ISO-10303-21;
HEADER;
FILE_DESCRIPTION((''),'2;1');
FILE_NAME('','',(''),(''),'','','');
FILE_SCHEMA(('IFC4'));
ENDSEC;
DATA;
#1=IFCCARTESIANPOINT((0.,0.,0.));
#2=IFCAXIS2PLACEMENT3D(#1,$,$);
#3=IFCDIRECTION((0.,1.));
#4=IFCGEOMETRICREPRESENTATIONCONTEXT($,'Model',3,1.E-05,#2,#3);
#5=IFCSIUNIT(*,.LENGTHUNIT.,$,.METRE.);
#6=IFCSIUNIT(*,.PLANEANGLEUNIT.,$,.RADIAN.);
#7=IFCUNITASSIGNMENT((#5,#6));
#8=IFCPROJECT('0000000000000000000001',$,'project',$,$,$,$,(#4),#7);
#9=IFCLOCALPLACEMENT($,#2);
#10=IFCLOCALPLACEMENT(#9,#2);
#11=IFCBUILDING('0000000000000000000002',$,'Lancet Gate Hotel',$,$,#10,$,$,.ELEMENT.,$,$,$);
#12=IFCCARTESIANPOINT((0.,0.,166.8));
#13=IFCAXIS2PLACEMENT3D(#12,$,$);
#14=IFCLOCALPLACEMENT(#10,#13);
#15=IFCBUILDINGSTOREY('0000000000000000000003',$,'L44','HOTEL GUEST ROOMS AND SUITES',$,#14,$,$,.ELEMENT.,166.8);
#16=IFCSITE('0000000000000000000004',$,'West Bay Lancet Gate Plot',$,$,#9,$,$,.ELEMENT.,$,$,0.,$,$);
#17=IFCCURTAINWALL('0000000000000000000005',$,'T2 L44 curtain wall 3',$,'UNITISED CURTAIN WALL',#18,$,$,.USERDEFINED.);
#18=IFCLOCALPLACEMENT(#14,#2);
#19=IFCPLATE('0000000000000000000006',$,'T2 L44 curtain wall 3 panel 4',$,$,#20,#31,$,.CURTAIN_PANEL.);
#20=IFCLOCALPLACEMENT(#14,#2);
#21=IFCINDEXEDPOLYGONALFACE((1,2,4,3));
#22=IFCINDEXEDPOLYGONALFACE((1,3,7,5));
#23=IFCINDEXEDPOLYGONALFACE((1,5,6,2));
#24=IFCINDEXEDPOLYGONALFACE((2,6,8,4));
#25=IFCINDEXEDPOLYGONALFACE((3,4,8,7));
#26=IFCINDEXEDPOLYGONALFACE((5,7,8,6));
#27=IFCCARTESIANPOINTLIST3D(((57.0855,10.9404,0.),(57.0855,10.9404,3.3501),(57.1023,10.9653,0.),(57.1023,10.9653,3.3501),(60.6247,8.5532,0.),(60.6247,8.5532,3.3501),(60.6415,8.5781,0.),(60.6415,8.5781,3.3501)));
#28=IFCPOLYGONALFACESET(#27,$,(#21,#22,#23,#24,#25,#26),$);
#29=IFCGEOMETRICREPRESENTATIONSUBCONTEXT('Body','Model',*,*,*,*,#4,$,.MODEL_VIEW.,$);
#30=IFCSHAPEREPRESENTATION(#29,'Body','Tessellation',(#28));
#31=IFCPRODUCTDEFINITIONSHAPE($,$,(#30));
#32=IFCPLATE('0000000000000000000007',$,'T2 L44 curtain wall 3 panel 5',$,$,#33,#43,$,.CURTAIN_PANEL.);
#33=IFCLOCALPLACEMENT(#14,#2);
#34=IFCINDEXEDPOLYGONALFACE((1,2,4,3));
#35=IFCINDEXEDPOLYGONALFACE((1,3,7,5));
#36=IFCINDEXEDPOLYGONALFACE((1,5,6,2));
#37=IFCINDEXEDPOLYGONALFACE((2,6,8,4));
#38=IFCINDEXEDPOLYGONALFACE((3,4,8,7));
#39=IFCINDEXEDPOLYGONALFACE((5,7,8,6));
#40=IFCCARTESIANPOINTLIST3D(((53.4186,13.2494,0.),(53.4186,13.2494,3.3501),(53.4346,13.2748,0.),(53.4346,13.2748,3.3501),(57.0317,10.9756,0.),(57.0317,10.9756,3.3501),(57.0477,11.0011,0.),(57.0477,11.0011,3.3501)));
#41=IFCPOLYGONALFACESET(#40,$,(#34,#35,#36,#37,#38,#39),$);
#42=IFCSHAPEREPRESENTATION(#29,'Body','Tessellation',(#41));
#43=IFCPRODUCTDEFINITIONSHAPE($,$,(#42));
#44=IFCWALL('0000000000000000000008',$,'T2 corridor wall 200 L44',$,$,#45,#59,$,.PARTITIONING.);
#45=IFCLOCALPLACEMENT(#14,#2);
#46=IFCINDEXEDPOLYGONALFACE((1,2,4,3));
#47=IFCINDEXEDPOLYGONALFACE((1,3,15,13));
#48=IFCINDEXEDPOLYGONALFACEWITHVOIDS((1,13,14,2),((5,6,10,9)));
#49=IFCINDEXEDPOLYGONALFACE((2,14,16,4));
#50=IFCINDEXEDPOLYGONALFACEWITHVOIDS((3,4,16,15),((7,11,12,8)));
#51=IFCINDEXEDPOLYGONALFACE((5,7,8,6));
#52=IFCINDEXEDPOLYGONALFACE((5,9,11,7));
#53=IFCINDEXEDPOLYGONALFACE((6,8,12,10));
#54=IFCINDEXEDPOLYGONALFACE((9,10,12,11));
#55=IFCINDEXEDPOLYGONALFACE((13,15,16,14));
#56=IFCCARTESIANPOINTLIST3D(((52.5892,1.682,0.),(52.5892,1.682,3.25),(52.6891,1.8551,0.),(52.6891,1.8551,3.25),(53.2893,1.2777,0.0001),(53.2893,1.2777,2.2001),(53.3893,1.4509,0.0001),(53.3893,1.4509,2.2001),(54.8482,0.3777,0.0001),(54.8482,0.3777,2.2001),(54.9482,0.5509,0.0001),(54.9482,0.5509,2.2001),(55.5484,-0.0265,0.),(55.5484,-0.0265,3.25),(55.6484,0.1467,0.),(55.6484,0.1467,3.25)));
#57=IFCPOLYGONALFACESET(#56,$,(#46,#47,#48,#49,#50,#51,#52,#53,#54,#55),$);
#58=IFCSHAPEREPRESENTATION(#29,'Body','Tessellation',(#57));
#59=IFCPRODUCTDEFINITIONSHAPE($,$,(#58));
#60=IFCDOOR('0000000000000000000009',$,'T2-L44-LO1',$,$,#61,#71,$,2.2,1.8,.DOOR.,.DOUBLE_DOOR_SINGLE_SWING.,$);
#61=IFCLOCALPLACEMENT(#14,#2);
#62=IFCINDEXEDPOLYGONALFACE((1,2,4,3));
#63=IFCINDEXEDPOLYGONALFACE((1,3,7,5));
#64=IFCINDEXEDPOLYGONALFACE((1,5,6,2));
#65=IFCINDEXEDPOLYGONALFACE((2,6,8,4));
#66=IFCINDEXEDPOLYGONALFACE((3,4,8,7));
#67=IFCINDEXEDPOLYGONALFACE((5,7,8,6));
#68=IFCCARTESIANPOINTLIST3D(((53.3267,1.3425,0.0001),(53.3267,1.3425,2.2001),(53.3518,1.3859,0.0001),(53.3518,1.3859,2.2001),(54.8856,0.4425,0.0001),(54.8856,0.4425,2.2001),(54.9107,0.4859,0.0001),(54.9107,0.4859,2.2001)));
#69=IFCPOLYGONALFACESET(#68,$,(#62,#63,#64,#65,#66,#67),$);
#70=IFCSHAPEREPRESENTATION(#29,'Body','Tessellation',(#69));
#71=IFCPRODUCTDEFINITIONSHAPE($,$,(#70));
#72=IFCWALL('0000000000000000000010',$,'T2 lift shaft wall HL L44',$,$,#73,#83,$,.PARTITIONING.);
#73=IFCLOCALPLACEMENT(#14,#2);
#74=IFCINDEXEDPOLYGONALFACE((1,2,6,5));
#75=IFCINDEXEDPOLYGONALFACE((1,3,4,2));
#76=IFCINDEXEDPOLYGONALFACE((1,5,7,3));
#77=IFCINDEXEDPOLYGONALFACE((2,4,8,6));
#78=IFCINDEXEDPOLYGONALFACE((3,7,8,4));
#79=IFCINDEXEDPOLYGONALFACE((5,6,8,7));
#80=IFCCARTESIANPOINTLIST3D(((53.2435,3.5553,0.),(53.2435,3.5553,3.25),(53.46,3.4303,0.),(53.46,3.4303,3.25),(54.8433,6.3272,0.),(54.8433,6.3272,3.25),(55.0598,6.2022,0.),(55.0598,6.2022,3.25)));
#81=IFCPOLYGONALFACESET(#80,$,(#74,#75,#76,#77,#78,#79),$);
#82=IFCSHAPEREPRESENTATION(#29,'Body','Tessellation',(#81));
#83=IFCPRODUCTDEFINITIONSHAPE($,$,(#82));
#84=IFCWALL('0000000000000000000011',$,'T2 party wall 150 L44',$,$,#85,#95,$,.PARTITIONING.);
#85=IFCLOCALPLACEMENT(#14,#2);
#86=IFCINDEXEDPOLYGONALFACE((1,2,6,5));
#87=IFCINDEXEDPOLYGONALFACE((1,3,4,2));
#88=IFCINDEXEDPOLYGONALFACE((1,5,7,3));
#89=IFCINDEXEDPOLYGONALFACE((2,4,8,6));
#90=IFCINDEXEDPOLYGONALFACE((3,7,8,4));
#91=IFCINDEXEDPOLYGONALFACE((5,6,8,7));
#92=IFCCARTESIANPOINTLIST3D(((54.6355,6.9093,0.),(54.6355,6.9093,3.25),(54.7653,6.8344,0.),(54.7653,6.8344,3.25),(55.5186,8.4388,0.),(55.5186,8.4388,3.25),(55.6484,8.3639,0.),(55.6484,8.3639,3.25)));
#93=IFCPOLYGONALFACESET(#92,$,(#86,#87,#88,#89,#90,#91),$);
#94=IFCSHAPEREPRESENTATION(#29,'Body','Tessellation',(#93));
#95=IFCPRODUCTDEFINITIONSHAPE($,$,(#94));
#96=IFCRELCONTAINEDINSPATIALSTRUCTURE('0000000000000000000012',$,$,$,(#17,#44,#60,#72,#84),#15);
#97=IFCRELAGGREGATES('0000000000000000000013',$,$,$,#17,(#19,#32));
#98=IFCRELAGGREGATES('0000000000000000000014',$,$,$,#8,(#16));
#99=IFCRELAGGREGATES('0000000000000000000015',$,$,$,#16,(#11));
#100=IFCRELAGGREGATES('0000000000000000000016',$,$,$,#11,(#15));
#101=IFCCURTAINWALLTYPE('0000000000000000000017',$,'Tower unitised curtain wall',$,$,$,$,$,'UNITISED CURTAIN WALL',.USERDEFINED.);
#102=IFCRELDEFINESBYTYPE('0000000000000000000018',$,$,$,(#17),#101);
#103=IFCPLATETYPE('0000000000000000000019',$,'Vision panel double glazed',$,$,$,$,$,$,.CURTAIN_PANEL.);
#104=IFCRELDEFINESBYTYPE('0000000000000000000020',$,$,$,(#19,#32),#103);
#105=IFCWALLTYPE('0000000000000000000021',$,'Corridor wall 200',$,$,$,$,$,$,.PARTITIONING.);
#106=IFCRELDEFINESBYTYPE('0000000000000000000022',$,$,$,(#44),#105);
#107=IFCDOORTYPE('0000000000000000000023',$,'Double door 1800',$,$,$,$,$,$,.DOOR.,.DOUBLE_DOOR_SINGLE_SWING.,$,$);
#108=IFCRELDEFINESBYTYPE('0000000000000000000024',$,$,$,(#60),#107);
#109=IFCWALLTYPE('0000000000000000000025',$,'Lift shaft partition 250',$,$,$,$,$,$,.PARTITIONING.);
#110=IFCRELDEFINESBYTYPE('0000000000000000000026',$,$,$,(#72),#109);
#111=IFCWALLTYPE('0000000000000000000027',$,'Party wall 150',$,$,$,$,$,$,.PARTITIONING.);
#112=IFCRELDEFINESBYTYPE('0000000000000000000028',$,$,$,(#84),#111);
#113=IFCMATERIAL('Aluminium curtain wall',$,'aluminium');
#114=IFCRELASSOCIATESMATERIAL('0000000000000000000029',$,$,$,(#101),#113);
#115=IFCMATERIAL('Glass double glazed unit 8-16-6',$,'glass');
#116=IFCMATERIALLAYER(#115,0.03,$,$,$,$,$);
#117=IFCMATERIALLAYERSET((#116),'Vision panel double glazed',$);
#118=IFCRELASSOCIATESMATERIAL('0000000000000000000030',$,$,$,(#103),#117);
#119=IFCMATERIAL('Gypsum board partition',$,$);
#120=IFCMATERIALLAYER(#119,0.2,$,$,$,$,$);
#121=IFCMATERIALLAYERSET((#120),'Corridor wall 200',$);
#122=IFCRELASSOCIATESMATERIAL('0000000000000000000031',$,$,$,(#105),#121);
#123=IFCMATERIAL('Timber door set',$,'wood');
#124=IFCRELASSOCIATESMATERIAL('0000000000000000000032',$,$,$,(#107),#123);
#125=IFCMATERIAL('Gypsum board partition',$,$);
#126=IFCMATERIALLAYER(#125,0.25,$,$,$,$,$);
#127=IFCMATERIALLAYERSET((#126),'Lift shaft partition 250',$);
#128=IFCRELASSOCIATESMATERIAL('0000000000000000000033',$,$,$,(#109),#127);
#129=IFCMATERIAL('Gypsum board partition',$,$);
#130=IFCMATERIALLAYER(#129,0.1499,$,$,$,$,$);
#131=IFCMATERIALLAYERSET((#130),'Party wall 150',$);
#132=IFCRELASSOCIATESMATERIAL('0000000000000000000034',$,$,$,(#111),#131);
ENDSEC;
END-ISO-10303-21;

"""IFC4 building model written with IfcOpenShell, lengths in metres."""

from ifc_helpers import new_model, si_unit, direction, frame, frame_2d, origin, origin_2d, place, context, subcontext, project, spatial, rectangle, extrude, material, layer, layer_set, type_object, element, fill, aggregate, save


model = new_model("IFC4")

# Units and contexts
model_context = context("Model", 3, precision=1e-05, world=origin(), true_north=direction((0.0, 1.0)))
body_context = subcontext(model_context, "Body", "Model", "MODEL_VIEW")
ifc_project = project(units=[si_unit("LENGTHUNIT", "METRE"), si_unit("PLANEANGLEUNIT", "RADIAN")], contexts=[model_context])

# Site, building, storey
site_placement = place(None, origin())
site = spatial("IfcSite", under=ifc_project, at=site_placement, Name="West Bay Lancet Gate Plot", CompositionType="ELEMENT", RefElevation=0.0)
building_placement = place(site_placement, origin())
building = spatial("IfcBuilding", under=site, at=building_placement, Name="Lancet Gate Hotel", CompositionType="ELEMENT")
storey_placement = place(building_placement, frame((0.0, 0.0, 166.8)))
storey = spatial("IfcBuildingStorey", under=building, at=storey_placement, Name="L44", Description="HOTEL GUEST ROOMS AND SUITES", CompositionType="ELEMENT", Elevation=166.8)

# Curtain wall
ifc_material_1 = material(Name="Aluminium curtain wall", Category="aluminium")
curtain_wall_type = type_object("IfcCurtainWallType", Name="Tower unitised curtain wall", ElementType="UNITISED CURTAIN WALL", PredefinedType="USERDEFINED", material=ifc_material_1)
curtain_wall_placement = place(storey_placement, origin())
curtain_wall = element("IfcCurtainWall", 1, at=curtain_wall_placement, inside=storey, type_object=curtain_wall_type, Name="T2 L44 curtain wall 3", ObjectType="UNITISED CURTAIN WALL", PredefinedType="USERDEFINED")

# Plates
ifc_material_2 = material(Name="Glass double glazed unit 8-16-6", Category="glass")
ifc_layer_1 = layer(ifc_material_2, 0.03)
ifc_layer_set_1 = layer_set([ifc_layer_1], Name="Vision panel double glazed")
plate_type = type_object("IfcPlateType", Name="Vision panel double glazed", PredefinedType="CURTAIN_PANEL", material=ifc_layer_set_1)
plate_1_placement = place(storey_placement, frame((58.8635, 9.7593, 0.0), z_axis=(0.0, 0.0, 1.0), x_axis=(-0.829039, 0.559191, 0.0)))
plate_1 = element("IfcPlate", 2, at=plate_1_placement, type_object=plate_type, Name="T2 L44 curtain wall 3 panel 4", PredefinedType="CURTAIN_PANEL", context=body_context, shape_type="SweptSolid", body=[
    extrude(rectangle(XDim=4.269, YDim=0.03, at=origin_2d()), origin(), (0.0, 0.0, 1.0), 3.3501),
])
plate_2_placement = place(storey_placement, frame((55.2332, 12.1252, 0.0), z_axis=(0.0, 0.0, 1.0), x_axis=(-0.846352, 0.532623, 0.0)))
plate_2 = element("IfcPlate", 3, at=plate_2_placement, type_object=plate_type, Name="T2 L44 curtain wall 3 panel 5", PredefinedType="CURTAIN_PANEL", context=body_context, shape_type="SweptSolid", body=[
    extrude(rectangle(XDim=4.269, YDim=0.03, at=origin_2d()), origin(), (0.0, 0.0, 1.0), 3.3501),
])
aggregate(curtain_wall, [plate_1, plate_2])

# Wall, opening, door
ifc_material_3 = material(Name="Gypsum board partition")
ifc_layer_2 = layer(ifc_material_3, 0.2)
ifc_layer_set_2 = layer_set([ifc_layer_2], Name="Corridor wall 200")
wall_type_1 = type_object("IfcWallType", Name="Corridor wall 200", PredefinedType="PARTITIONING", material=ifc_layer_set_2)
wall_1_placement = place(storey_placement, frame((52.6392, 1.7686, 0.0), z_axis=(0.0, 0.0, 1.0), x_axis=(0.866027, -0.499997, 0.0)))
wall_1 = element("IfcWall", 4, at=wall_1_placement, inside=storey, type_object=wall_type_1, Name="T2 corridor wall 200 L44", PredefinedType="PARTITIONING", context=body_context, shape_type="SweptSolid", body=[
    extrude(rectangle(XDim=3.417, YDim=0.2, at=frame_2d((1.7085, 0.0))), origin(), (0.0, 0.0, 1.0), 3.25),
])
opening_placement = place(wall_1_placement, frame((0.8086, 0.0, 0.0)))
opening = element("IfcOpeningElement", 5, at=opening_placement, cuts=wall_1, PredefinedType="OPENING", context=body_context, shape_type="SweptSolid", body=[
    extrude(rectangle(XDim=1.8, YDim=2.2, at=frame_2d((0.8999, 1.1001))), frame((0.0, 0.1099, 0.0), z_axis=(0.0, -1.0, 0.0), x_axis=(1.0, 0.0, 0.0)), (0.0, 0.0, 1.0), 0.22),
])
ifc_material_4 = material(Name="Timber door set", Category="wood")
door_type = type_object("IfcDoorType", Name="Double door 1800", OperationType="DOUBLE_DOOR_SINGLE_SWING", PredefinedType="DOOR", material=ifc_material_4)
door_placement = place(opening_placement, origin())
door = element("IfcDoor", 6, at=door_placement, inside=storey, type_object=door_type, Name="T2-L44-LO1", OperationType="DOUBLE_DOOR_SINGLE_SWING", OverallHeight=2.2, OverallWidth=1.8, PredefinedType="DOOR", context=body_context, shape_type="SweptSolid", body=[
    extrude(rectangle(XDim=1.8, YDim=2.2, at=frame_2d((0.8999, 1.1001))), frame((0.0, 0.0249, 0.0), z_axis=(0.0, -1.0, 0.0), x_axis=(1.0, 0.0, 0.0)), (0.0, 0.0, 1.0), 0.05),
])
fill(opening, door)

# Walls
ifc_material_5 = material(Name="Gypsum board partition")
ifc_layer_3 = layer(ifc_material_5, 0.25)
ifc_layer_set_3 = layer_set([ifc_layer_3], Name="Lift shaft partition 250")
wall_type_2 = type_object("IfcWallType", Name="Lift shaft partition 250", PredefinedType="PARTITIONING", material=ifc_layer_set_3)
wall_2_placement = place(storey_placement, frame((53.3518, 3.4929, 0.0), z_axis=(0.0, 0.0, 1.0), x_axis=(0.499872, 0.866099, 0.0)))
element("IfcWall", 7, at=wall_2_placement, inside=storey, type_object=wall_type_2, Name="T2 lift shaft wall HL L44", PredefinedType="PARTITIONING", context=body_context, shape_type="SweptSolid", body=[
    extrude(rectangle(XDim=3.2004, YDim=0.25, at=frame_2d((1.6001, 0.0))), origin(), (0.0, 0.0, 1.0), 3.25),
])
ifc_material_6 = material(Name="Gypsum board partition")
ifc_layer_4 = layer(ifc_material_6, 0.1499)
ifc_layer_set_4 = layer_set([ifc_layer_4], Name="Party wall 150")
wall_type_3 = type_object("IfcWallType", Name="Party wall 150", PredefinedType="PARTITIONING", material=ifc_layer_set_4)
wall_3_placement = place(storey_placement, frame((54.7004, 6.8718, 0.0), z_axis=(0.0, 0.0, 1.0), x_axis=(0.49999, 0.866031, 0.0)))
element("IfcWall", 8, at=wall_3_placement, inside=storey, type_object=wall_type_3, Name="T2 party wall 150 L44", PredefinedType="PARTITIONING", context=body_context, shape_type="SweptSolid", body=[
    extrude(rectangle(XDim=1.7661, YDim=0.1499, at=frame_2d((0.8831, 0.0))), origin(), (0.0, 0.0, 1.0), 3.25),
])

save(model, "model.ifc")
